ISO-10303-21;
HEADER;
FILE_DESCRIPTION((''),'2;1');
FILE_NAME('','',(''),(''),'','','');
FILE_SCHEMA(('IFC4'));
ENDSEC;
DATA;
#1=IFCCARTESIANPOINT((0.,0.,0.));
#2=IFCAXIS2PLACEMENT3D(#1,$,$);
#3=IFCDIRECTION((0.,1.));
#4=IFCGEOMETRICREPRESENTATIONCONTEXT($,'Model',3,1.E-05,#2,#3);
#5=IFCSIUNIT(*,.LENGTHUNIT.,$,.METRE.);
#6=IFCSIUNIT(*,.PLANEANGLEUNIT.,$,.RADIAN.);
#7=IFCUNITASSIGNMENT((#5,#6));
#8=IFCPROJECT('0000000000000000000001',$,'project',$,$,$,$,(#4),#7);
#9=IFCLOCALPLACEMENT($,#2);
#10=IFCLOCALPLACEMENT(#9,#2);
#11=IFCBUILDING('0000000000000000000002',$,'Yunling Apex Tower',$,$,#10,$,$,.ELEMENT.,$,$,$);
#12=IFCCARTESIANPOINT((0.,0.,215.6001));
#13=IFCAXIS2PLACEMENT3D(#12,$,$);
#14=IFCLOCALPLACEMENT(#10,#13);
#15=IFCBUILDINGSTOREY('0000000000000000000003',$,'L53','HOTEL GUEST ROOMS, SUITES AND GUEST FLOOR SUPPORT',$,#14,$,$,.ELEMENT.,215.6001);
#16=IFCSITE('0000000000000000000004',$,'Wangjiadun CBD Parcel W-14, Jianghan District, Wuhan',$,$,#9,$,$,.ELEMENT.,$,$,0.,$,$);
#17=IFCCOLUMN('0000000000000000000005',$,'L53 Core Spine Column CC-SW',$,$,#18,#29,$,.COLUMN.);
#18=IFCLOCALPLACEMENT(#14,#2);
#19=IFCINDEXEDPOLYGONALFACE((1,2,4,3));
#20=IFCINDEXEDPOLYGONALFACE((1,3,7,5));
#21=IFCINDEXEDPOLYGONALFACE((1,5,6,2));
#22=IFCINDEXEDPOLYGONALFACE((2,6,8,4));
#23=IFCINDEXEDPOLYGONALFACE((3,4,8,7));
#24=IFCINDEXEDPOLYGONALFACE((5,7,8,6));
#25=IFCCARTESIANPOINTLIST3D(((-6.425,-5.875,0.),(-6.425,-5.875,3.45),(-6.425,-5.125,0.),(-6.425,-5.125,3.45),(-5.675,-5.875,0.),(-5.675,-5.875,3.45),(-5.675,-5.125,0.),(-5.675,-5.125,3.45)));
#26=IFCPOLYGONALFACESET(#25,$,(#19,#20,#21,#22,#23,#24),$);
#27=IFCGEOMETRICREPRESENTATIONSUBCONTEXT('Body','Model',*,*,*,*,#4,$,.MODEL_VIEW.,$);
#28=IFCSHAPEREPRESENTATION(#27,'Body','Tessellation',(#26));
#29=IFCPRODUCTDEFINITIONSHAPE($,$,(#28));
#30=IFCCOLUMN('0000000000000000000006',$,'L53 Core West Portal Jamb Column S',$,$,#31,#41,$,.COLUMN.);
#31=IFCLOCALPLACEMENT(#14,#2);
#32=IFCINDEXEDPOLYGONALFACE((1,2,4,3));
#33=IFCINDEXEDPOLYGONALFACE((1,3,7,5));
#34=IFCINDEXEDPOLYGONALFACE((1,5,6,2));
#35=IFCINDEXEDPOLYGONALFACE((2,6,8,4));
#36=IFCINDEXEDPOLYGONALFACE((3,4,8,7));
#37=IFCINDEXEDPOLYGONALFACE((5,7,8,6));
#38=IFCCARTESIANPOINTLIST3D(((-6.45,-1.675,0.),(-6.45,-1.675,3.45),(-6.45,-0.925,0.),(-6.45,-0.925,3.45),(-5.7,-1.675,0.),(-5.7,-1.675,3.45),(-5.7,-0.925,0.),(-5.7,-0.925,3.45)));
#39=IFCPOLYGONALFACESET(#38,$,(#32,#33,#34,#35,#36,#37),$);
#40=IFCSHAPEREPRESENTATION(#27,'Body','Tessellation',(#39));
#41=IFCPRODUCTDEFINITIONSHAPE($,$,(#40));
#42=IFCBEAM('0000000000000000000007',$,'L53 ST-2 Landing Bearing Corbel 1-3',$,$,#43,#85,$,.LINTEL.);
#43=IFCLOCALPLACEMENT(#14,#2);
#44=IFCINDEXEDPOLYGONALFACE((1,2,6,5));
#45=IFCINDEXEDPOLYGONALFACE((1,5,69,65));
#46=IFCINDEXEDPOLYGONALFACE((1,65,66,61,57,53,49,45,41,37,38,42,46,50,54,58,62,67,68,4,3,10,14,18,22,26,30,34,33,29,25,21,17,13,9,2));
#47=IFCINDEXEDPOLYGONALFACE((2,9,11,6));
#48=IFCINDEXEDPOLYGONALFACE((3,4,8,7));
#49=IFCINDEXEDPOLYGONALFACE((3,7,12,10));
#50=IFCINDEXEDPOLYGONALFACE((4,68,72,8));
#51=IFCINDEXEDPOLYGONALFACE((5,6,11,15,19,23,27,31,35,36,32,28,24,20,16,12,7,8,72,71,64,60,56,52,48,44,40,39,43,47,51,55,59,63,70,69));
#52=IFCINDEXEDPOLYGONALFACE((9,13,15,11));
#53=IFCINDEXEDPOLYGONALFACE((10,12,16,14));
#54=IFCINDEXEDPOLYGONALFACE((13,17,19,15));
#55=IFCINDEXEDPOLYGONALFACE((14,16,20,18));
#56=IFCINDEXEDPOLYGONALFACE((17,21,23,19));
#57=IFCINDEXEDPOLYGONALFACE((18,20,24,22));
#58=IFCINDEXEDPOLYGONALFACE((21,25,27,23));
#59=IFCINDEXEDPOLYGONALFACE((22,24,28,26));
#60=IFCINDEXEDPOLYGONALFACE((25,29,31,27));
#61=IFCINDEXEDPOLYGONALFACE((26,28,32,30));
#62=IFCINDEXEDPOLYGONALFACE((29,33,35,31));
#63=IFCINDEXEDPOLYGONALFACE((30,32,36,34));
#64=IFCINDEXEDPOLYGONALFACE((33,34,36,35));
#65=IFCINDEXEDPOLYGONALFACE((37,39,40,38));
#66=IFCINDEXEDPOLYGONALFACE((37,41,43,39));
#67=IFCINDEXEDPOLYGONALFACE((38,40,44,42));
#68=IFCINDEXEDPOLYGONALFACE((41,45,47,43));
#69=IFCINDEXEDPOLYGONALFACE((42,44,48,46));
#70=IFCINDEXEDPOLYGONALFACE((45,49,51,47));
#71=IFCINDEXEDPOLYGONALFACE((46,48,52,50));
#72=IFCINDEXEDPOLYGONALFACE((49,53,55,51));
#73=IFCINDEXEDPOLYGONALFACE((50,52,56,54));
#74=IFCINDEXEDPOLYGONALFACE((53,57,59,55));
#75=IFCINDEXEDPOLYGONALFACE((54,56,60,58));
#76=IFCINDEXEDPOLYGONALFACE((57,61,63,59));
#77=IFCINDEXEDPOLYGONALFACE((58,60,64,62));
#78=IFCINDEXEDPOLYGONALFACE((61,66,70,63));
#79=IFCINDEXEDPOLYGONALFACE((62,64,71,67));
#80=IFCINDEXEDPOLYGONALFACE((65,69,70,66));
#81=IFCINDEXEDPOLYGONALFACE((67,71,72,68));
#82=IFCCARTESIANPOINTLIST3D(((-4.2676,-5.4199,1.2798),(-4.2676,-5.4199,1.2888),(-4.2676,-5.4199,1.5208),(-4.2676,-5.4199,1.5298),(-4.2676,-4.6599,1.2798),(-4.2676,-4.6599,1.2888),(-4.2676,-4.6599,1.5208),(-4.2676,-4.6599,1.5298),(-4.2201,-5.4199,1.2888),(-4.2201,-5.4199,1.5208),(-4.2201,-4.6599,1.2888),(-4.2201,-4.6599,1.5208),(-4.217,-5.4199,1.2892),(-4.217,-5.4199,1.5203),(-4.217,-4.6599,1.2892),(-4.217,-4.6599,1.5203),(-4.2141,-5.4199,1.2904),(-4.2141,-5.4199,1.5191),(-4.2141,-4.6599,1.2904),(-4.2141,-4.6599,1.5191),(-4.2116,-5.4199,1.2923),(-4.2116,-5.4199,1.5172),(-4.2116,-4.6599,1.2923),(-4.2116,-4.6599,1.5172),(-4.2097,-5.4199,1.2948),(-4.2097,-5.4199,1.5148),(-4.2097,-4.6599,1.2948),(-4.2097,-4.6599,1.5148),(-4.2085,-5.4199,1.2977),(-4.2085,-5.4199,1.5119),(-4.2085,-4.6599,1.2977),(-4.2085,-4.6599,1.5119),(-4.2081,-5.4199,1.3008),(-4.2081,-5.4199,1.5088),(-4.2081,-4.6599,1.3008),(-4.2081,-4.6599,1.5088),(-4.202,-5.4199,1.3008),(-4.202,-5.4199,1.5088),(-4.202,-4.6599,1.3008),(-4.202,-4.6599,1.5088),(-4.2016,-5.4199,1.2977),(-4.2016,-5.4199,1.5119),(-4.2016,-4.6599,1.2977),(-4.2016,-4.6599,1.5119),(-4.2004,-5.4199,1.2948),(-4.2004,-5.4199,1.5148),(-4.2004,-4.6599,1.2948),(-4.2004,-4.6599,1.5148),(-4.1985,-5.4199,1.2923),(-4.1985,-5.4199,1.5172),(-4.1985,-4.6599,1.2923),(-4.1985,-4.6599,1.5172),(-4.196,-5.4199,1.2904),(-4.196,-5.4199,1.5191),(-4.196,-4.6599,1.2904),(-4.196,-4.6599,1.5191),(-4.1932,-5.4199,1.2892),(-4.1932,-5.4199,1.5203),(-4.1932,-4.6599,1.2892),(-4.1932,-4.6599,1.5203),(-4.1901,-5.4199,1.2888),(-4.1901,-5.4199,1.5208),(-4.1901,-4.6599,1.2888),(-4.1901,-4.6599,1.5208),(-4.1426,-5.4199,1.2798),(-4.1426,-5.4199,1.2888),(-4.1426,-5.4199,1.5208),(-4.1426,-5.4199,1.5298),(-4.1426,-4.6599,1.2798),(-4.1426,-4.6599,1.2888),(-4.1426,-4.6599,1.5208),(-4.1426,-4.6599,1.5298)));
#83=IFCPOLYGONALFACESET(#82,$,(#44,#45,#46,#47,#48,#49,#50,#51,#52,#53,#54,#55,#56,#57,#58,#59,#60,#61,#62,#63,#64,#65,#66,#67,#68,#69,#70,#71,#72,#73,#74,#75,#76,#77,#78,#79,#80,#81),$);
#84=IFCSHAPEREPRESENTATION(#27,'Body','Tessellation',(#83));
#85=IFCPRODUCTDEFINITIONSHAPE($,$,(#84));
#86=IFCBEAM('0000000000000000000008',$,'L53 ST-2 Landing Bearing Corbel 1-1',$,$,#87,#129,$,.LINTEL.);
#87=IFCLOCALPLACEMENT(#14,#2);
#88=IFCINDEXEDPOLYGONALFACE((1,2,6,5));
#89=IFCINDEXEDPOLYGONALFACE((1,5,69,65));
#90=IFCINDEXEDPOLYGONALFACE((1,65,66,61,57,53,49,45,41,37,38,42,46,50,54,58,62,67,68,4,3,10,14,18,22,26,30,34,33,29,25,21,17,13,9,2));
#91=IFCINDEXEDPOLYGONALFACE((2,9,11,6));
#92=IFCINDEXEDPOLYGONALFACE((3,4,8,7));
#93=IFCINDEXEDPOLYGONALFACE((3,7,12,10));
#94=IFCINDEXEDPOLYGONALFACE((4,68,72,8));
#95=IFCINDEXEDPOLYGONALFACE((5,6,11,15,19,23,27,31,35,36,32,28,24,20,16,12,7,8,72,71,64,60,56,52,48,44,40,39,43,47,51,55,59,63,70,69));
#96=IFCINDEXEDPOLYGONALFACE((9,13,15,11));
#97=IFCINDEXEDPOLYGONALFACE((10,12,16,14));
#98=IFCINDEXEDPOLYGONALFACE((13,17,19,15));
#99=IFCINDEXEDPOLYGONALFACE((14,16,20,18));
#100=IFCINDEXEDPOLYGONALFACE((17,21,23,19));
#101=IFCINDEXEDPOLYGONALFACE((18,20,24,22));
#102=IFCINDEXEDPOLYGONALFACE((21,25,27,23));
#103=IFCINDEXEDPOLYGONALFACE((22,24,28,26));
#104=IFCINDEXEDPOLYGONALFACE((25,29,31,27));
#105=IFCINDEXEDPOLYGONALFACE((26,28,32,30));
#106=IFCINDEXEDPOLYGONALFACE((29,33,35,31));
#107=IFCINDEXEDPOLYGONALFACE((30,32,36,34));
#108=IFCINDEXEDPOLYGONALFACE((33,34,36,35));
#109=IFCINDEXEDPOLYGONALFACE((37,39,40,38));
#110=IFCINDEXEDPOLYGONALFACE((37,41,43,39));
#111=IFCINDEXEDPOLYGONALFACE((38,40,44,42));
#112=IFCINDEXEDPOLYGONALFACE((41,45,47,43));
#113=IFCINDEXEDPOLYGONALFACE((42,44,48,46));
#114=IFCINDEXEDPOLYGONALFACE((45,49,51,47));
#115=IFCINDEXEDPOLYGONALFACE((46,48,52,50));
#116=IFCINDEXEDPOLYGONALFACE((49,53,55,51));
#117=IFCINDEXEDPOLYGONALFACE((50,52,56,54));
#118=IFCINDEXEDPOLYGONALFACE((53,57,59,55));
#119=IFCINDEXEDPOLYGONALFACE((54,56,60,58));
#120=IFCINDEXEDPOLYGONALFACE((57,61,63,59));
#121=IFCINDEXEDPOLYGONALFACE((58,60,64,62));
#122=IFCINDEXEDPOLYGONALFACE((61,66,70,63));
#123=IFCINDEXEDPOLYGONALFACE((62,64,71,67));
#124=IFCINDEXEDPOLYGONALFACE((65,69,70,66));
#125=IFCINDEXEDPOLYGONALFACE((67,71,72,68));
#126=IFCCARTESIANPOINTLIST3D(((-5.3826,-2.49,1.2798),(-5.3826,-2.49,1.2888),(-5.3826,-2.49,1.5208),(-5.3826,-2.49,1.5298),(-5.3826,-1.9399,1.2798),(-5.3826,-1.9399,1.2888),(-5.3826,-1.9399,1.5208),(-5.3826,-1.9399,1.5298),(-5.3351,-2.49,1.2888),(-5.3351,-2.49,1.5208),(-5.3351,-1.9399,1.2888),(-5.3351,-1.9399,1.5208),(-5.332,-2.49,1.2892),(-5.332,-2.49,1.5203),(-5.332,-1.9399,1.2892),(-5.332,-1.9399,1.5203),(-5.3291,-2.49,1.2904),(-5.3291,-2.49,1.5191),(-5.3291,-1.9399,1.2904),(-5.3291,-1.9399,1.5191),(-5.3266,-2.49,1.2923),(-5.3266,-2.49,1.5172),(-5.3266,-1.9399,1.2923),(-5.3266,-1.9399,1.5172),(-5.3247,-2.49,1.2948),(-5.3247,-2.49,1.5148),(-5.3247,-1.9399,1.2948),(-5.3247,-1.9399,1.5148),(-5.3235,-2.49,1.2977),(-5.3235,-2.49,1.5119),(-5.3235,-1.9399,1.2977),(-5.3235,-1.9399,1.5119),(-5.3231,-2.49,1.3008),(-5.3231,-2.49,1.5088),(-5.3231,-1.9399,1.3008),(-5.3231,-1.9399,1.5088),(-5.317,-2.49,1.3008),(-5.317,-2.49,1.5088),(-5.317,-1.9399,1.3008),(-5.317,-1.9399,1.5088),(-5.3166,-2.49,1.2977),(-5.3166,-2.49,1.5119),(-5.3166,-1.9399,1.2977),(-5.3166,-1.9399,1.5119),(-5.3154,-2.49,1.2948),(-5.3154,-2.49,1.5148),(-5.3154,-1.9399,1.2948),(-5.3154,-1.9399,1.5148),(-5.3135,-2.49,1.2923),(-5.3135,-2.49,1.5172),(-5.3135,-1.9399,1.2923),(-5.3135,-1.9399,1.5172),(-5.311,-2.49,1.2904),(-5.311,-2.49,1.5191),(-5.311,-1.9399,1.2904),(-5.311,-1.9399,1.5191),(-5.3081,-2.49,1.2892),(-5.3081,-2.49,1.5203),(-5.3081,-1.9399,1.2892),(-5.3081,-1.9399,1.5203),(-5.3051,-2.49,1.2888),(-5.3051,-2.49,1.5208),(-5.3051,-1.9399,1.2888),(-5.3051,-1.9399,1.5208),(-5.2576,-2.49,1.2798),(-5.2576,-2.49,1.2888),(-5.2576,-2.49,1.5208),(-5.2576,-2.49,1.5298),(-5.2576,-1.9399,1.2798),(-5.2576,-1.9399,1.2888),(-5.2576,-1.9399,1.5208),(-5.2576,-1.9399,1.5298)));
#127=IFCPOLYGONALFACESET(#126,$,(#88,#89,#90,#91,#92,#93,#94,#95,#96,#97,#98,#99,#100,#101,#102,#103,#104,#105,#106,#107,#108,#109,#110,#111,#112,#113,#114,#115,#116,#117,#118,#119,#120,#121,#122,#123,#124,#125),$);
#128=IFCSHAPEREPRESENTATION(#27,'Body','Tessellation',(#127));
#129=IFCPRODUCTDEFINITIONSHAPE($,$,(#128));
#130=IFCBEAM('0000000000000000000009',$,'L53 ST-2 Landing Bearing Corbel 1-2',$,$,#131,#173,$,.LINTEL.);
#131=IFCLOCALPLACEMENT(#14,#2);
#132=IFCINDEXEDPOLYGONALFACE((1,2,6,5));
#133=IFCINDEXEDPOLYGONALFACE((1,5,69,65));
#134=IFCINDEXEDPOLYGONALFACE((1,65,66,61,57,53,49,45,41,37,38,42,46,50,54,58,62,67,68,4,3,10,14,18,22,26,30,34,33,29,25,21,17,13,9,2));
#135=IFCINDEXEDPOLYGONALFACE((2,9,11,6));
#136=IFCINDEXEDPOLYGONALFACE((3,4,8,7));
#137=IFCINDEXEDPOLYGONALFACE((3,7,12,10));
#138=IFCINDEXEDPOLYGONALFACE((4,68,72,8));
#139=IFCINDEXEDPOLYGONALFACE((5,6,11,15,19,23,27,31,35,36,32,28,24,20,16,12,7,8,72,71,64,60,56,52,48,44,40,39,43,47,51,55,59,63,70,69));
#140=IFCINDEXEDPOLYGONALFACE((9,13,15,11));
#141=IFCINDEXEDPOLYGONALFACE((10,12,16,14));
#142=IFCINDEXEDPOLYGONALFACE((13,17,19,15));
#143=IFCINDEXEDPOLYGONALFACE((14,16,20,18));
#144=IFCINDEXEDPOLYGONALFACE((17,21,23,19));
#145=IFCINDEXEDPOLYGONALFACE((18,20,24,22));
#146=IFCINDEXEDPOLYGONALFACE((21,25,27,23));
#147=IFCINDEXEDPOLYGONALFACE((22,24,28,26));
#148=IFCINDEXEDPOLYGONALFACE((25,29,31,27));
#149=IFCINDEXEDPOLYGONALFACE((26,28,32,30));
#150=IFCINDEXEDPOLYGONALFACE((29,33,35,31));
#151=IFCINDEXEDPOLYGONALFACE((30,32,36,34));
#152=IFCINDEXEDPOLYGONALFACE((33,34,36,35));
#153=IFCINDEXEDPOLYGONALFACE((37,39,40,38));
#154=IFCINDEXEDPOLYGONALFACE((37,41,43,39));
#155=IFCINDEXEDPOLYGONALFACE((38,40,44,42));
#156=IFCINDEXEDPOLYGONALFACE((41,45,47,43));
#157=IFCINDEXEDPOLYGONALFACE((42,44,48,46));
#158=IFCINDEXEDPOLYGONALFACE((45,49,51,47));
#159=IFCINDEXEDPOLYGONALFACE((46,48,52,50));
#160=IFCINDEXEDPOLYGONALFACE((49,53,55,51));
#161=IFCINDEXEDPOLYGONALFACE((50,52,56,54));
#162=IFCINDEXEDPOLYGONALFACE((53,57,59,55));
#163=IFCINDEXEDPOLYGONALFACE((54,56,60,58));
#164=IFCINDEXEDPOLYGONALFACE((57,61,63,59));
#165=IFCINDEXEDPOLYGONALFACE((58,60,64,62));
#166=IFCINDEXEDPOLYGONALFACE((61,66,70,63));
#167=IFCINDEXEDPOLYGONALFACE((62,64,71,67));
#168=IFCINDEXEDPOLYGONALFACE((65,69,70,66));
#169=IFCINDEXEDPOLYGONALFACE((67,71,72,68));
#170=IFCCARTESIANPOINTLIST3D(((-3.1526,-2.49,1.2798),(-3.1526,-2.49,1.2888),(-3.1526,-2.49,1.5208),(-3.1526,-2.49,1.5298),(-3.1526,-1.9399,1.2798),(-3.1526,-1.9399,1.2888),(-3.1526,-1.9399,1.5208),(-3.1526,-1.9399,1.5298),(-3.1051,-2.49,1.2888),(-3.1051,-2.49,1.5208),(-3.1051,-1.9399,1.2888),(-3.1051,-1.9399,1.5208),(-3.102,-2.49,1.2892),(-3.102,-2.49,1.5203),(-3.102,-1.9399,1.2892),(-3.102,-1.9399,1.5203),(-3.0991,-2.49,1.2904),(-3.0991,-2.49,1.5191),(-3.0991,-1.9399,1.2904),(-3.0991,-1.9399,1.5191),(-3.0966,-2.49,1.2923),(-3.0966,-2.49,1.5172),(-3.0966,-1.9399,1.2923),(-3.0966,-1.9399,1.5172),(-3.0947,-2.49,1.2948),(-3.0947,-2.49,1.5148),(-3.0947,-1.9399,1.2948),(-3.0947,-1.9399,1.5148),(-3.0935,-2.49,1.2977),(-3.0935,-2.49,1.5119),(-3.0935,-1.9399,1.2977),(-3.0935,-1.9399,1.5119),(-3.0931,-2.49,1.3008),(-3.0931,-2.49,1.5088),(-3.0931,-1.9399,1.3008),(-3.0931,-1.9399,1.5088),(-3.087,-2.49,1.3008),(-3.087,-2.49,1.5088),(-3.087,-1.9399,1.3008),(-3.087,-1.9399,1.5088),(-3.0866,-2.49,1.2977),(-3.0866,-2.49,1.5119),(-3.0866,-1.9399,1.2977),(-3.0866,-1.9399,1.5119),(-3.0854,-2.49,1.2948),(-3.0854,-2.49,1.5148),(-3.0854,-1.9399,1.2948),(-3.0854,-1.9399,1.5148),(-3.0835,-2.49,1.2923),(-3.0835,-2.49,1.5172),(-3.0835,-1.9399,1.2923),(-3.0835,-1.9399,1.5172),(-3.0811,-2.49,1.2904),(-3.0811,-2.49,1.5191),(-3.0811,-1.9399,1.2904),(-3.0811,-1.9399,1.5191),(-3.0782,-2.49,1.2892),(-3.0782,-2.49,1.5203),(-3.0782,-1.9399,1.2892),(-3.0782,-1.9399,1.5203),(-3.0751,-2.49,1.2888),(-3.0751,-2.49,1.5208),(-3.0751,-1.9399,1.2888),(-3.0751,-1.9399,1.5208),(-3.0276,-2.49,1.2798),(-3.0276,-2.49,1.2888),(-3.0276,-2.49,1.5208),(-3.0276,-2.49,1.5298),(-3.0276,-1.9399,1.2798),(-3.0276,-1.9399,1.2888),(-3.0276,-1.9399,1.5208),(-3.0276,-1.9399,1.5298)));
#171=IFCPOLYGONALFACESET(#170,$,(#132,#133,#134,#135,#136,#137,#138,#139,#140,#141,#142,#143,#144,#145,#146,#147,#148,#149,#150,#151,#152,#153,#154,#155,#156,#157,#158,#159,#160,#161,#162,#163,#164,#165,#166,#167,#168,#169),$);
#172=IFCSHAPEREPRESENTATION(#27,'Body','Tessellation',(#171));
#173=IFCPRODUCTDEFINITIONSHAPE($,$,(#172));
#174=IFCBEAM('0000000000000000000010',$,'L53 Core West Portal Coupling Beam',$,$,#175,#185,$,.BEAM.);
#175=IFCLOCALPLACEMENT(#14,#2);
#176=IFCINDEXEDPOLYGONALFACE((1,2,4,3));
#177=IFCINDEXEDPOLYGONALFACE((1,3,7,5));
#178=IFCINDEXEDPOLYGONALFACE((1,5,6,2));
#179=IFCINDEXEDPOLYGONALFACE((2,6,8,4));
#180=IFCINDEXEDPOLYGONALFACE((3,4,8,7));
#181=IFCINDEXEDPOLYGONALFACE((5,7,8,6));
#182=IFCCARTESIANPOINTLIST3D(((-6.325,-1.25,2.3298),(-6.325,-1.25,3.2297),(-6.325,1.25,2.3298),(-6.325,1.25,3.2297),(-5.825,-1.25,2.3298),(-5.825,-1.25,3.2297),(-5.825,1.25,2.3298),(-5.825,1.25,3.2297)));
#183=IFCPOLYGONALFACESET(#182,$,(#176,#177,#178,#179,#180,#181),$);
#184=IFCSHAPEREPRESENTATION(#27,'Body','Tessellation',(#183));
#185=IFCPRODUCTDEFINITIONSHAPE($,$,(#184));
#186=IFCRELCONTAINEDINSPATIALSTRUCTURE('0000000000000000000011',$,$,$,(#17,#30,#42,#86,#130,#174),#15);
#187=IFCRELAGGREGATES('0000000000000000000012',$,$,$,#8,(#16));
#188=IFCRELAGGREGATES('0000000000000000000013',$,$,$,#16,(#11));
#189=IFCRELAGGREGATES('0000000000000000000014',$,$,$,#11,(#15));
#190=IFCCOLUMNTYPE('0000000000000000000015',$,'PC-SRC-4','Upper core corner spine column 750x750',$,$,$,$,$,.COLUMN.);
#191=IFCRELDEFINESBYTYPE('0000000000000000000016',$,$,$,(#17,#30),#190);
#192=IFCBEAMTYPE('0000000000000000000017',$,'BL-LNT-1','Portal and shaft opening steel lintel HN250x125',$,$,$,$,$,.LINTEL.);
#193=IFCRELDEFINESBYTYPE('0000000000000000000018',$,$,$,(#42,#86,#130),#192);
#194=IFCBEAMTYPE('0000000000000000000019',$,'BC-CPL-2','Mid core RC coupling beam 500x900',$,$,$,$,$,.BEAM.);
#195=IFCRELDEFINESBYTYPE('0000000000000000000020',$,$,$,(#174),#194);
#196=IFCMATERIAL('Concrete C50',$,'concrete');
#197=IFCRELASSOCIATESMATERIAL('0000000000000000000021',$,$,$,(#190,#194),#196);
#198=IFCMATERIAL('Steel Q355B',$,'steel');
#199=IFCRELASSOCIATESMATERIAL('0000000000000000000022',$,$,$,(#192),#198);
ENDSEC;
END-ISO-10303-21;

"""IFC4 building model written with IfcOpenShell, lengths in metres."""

from ifc_helpers import new_model, si_unit, direction, frame, origin, origin_2d, place, context, subcontext, project, spatial, rectangle, i_section, extrude, source, transform, mapped, material, material_profile, profile_set, type_object, element, save


model = new_model("IFC4")

# Units and contexts
model_context = context("Model", 3, precision=1e-05, world=origin(), true_north=direction((0.0, 1.0)))
body_context = subcontext(model_context, "Body", "Model", "MODEL_VIEW")
ifc_project = project(units=[si_unit("LENGTHUNIT", "METRE"), si_unit("PLANEANGLEUNIT", "RADIAN")], contexts=[model_context])

# Site, building, storey
site_placement = place(None, origin())
site = spatial("IfcSite", under=ifc_project, at=site_placement, Name="Wangjiadun CBD Parcel W-14, Jianghan District, Wuhan", CompositionType="ELEMENT", RefElevation=0.0)
building_placement = place(site_placement, origin())
building = spatial("IfcBuilding", under=site, at=building_placement, Name="Yunling Apex Tower", CompositionType="ELEMENT")
storey_placement = place(building_placement, frame((0.0, 0.0, 215.6001)))
storey = spatial("IfcBuildingStorey", under=building, at=storey_placement, Name="L53", Description="HOTEL GUEST ROOMS, SUITES AND GUEST FLOOR SUPPORT", CompositionType="ELEMENT", Elevation=215.6001)

# Columns
ifc_material_1 = material(Name="Concrete C50", Category="concrete")
ifc_material_profile_1 = material_profile(ifc_material_1, rectangle(XDim=0.75, YDim=0.75, at=origin_2d()))
ifc_profile_set_1 = profile_set([ifc_material_profile_1], Name="Concrete C50")
column_type = type_object("IfcColumnType", Name="PC-SRC-4", Description="Upper core corner spine column 750x750", PredefinedType="COLUMN", material=ifc_profile_set_1)
shared_shape_1 = source(origin(), body_context, "Body", "SweptSolid", [
    extrude(rectangle(XDim=0.75, YDim=0.75, at=origin_2d()), origin(), (0.0, 0.0, 1.0), 3.45),
])
for number, where, z_axis, x_axis, name in (
    (1, (-6.05, -5.5, 0.0), (0.0, 0.0, 1.0), (1.0, 0.0, 0.0), "L53 Core Spine Column CC-SW"),
    (2, (-6.075, -1.3, 0.0), (0.0, 0.0, 1.0), (1.0, 0.0, 0.0), "L53 Core West Portal Jamb Column S"),
):
    element("IfcColumn", number, at=place(storey_placement, frame(where, z_axis=z_axis, x_axis=x_axis)), inside=storey, type_object=column_type, Name=name, PredefinedType="COLUMN", context=body_context, shape_type="MappedRepresentation", body=[
        mapped(shared_shape_1, transform((0.0, 0.0, 0.0), scale=1.0)),
    ])

# Beams
ifc_material_2 = material(Name="Steel Q355B", Category="steel")
ifc_material_profile_2 = material_profile(ifc_material_2, i_section(OverallWidth=0.125, OverallDepth=0.25, WebThickness=0.0061, FlangeThickness=0.009, FilletRadius=0.012, at=origin_2d()))
ifc_profile_set_2 = profile_set([ifc_material_profile_2], Name="Steel Q355B")
beam_type_1 = type_object("IfcBeamType", Name="BL-LNT-1", Description="Portal and shaft opening steel lintel HN250x125", PredefinedType="LINTEL", material=ifc_profile_set_2)
shared_shape_2 = source(origin(), body_context, "Body", "SweptSolid", [
    extrude(i_section(OverallWidth=0.125, OverallDepth=0.25, WebThickness=0.0061, FlangeThickness=0.009, FilletRadius=0.012, at=origin_2d()), origin(), (0.0, 0.0, 1.0), 0.76),
])
beam_1_placement = place(storey_placement, frame((-4.2051, -5.4199, 1.4048), z_axis=(0.0, 1.0, 0.0), x_axis=(-1.0, 0.0, 0.0)))
element("IfcBeam", 3, at=beam_1_placement, inside=storey, type_object=beam_type_1, Name="L53 ST-2 Landing Bearing Corbel 1-3", PredefinedType="LINTEL", context=body_context, shape_type="MappedRepresentation", body=[
    mapped(shared_shape_2, transform((0.0, 0.0, 0.0), scale=1.0)),
])
shared_shape_3 = source(origin(), body_context, "Body", "SweptSolid", [
    extrude(i_section(OverallWidth=0.125, OverallDepth=0.25, WebThickness=0.0061, FlangeThickness=0.009, FilletRadius=0.012, at=origin_2d()), origin(), (0.0, 0.0, 1.0), 0.55),
])
for number, where, z_axis, x_axis, name in (
    (4, (-5.3201, -1.9399, 1.4048), (0.0, -1.0, 0.0), (1.0, 0.0, 0.0), "L53 ST-2 Landing Bearing Corbel 1-1"),
    (5, (-3.0901, -1.9399, 1.4048), (0.0, -1.0, 0.0), (1.0, 0.0, 0.0), "L53 ST-2 Landing Bearing Corbel 1-2"),
):
    element("IfcBeam", number, at=place(storey_placement, frame(where, z_axis=z_axis, x_axis=x_axis)), inside=storey, type_object=beam_type_1, Name=name, PredefinedType="LINTEL", context=body_context, shape_type="MappedRepresentation", body=[
        mapped(shared_shape_3, transform((0.0, 0.0, 0.0), scale=1.0)),
    ])
ifc_material_profile_3 = material_profile(ifc_material_1, rectangle(XDim=0.5, YDim=0.8999, at=origin_2d()))
ifc_profile_set_3 = profile_set([ifc_material_profile_3], Name="Concrete C50")
beam_type_2 = type_object("IfcBeamType", Name="BC-CPL-2", Description="Mid core RC coupling beam 500x900", PredefinedType="BEAM", material=ifc_profile_set_3)
shared_shape_4 = source(origin(), body_context, "Body", "SweptSolid", [
    extrude(rectangle(XDim=0.5, YDim=0.8999, at=origin_2d()), origin(), (0.0, 0.0, 1.0), 2.5),
])
beam_2_placement = place(storey_placement, frame((-6.075, -1.25, 2.7798), z_axis=(0.0, 1.0, 0.0), x_axis=(-1.0, 0.0, 0.0)))
element("IfcBeam", 6, at=beam_2_placement, inside=storey, type_object=beam_type_2, Name="L53 Core West Portal Coupling Beam", PredefinedType="BEAM", context=body_context, shape_type="MappedRepresentation", body=[
    mapped(shared_shape_4, transform((0.0, 0.0, 0.0), scale=1.0)),
])

save(model, "model.ifc")
